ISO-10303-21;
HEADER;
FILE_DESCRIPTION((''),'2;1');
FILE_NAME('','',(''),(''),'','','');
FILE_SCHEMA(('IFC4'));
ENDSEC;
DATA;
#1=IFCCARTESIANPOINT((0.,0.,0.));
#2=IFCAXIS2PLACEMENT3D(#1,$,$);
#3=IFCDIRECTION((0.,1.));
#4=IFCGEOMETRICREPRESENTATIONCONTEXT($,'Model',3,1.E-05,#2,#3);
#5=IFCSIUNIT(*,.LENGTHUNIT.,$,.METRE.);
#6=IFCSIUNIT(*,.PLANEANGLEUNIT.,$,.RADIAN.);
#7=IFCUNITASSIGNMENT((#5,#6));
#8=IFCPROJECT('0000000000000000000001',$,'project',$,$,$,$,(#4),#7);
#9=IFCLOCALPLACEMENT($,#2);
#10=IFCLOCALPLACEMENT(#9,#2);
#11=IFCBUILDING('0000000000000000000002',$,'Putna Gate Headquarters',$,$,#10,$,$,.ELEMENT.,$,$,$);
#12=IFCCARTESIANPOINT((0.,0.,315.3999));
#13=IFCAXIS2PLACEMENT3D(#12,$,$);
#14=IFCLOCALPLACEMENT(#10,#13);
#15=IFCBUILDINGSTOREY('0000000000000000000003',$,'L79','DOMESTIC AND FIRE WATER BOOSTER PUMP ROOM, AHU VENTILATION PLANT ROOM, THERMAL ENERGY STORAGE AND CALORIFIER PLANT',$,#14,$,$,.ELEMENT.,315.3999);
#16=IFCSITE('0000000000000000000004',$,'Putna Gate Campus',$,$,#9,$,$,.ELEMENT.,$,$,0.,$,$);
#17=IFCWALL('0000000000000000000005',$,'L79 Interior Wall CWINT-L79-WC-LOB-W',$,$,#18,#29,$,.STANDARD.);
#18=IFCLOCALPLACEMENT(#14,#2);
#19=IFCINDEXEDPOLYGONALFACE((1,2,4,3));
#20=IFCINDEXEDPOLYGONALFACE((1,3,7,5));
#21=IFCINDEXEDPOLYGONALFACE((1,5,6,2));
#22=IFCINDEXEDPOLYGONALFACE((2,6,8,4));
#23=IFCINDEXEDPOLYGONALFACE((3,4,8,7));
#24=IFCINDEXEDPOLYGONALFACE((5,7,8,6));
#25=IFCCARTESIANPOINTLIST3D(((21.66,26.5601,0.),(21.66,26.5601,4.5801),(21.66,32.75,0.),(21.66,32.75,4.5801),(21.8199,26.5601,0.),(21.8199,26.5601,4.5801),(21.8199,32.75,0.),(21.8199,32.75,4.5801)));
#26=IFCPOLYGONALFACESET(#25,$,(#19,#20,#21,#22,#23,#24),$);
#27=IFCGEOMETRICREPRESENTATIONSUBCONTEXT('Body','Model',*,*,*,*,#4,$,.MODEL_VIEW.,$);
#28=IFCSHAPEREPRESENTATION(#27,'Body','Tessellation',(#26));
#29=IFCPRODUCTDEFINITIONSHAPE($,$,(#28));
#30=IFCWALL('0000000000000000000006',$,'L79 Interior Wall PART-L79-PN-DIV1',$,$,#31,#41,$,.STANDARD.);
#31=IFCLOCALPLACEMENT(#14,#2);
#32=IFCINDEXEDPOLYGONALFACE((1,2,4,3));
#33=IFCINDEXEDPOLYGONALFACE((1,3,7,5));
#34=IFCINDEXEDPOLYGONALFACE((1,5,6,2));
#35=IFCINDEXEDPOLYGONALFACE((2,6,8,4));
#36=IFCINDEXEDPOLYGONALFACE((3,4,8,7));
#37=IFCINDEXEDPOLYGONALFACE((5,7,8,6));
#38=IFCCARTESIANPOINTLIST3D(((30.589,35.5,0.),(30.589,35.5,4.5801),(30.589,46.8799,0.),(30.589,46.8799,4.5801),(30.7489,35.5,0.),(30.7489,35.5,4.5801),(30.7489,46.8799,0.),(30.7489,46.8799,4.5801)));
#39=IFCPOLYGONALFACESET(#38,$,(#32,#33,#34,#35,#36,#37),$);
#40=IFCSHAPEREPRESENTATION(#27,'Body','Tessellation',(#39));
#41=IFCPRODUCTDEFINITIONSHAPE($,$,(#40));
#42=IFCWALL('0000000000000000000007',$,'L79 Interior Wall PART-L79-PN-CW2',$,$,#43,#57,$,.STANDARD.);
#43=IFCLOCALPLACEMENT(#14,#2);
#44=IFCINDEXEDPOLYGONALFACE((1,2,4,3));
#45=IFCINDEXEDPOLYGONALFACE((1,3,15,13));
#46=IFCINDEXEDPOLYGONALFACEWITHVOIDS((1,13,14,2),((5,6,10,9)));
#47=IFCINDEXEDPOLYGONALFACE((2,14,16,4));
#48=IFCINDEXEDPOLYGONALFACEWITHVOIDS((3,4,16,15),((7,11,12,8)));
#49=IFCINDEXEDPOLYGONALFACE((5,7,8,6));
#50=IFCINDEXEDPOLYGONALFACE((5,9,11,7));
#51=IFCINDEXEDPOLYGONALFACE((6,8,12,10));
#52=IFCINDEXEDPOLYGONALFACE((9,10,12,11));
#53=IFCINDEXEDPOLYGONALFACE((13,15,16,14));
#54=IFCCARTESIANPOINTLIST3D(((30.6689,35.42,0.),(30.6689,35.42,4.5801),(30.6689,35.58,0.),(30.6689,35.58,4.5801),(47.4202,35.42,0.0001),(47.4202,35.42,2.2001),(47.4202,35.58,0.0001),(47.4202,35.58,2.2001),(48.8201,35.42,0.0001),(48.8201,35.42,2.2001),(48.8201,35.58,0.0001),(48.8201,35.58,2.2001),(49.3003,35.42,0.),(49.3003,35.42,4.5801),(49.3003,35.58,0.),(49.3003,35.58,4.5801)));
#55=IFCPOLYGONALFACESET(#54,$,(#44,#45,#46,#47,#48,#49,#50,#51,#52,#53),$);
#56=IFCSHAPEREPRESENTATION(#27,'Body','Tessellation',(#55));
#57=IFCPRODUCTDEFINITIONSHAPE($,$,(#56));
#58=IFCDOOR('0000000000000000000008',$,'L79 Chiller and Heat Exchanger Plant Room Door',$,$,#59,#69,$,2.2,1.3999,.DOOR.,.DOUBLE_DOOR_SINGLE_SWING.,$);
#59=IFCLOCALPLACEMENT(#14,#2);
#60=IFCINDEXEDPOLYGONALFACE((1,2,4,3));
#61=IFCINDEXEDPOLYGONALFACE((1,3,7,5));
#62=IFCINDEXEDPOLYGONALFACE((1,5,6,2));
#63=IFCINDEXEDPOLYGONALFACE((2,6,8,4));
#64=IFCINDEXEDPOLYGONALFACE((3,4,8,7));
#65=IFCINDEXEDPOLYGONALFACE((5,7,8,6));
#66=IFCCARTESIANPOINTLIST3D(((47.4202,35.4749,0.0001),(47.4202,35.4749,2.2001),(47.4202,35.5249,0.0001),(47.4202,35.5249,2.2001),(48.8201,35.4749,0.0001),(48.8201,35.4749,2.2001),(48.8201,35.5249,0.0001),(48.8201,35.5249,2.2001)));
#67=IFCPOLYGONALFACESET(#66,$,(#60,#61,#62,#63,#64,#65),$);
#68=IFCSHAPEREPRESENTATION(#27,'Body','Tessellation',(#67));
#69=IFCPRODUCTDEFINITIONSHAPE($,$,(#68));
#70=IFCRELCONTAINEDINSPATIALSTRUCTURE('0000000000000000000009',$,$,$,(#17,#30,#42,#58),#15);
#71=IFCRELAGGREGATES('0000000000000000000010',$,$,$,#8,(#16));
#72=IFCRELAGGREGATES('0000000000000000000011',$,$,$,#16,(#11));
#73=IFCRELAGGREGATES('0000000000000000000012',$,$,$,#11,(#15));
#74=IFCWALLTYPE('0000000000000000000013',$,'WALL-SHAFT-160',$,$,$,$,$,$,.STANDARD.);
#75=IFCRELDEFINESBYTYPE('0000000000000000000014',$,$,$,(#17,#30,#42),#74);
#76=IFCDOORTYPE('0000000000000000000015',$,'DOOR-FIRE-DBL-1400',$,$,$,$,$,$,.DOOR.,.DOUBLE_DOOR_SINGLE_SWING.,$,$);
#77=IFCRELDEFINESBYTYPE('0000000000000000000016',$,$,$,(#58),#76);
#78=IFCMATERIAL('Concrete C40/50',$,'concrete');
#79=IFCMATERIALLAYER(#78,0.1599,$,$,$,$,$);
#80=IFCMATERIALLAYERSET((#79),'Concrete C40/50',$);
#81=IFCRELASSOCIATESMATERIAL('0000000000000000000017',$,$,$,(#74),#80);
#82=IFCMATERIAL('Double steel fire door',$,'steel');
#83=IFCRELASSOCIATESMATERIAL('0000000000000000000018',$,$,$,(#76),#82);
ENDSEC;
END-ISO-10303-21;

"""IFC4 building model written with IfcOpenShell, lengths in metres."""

from ifc_helpers import new_model, si_unit, direction, frame, frame_2d, origin, place, context, subcontext, project, spatial, rectangle, extrude, material, layer, layer_set, type_object, element, fill, save


model = new_model("IFC4")

# Units and contexts
model_context = context("Model", 3, precision=1e-05, world=origin(), true_north=direction((0.0, 1.0)))
body_context = subcontext(model_context, "Body", "Model", "MODEL_VIEW")
ifc_project = project(units=[si_unit("LENGTHUNIT", "METRE"), si_unit("PLANEANGLEUNIT", "RADIAN")], contexts=[model_context])

# Site, building, storey
site_placement = place(None, origin())
site = spatial("IfcSite", under=ifc_project, at=site_placement, Name="Putna Gate Campus", CompositionType="ELEMENT", RefElevation=0.0)
building_placement = place(site_placement, origin())
building = spatial("IfcBuilding", under=site, at=building_placement, Name="Putna Gate Headquarters", CompositionType="ELEMENT")
storey_placement = place(building_placement, frame((0.0, 0.0, 315.3999)))
storey = spatial("IfcBuildingStorey", under=building, at=storey_placement, Name="L79", Description="DOMESTIC AND FIRE WATER BOOSTER PUMP ROOM, AHU VENTILATION PLANT ROOM, THERMAL ENERGY STORAGE AND CALORIFIER PLANT", CompositionType="ELEMENT", Elevation=315.3999)

# Walls
ifc_material_1 = material(Name="Concrete C40/50", Category="concrete")
ifc_layer_1 = layer(ifc_material_1, 0.1599)
ifc_layer_set_1 = layer_set([ifc_layer_1], Name="Concrete C40/50")
wall_type_1 = type_object("IfcWallType", Name="WALL-SHAFT-160", PredefinedType="STANDARD", material=ifc_layer_set_1)
wall_1_placement = place(storey_placement, frame((21.74, 26.5601, 0.0), z_axis=(0.0, 0.0, 1.0), x_axis=(0.0, 1.0, 0.0)))
element("IfcWall", 1, at=wall_1_placement, inside=storey, type_object=wall_type_1, Name="L79 Interior Wall CWINT-L79-WC-LOB-W", PredefinedType="STANDARD", context=body_context, shape_type="SweptSolid", body=[
    extrude(rectangle(XDim=6.1899, YDim=0.1599, at=frame_2d((3.095, 0.0))), origin(), (0.0, 0.0, 1.0), 4.5801),
])
wall_2_placement = place(storey_placement, frame((30.6689, 35.5, 0.0), z_axis=(0.0, 0.0, 1.0), x_axis=(0.0, 1.0, 0.0)))
element("IfcWall", 2, at=wall_2_placement, inside=storey, type_object=wall_type_1, Name="L79 Interior Wall PART-L79-PN-DIV1", PredefinedType="STANDARD", context=body_context, shape_type="SweptSolid", body=[
    extrude(rectangle(XDim=11.3799, YDim=0.1599, at=frame_2d((5.6899, 0.0))), origin(), (0.0, 0.0, 1.0), 4.5801),
])

# Wall, opening, door
wall_3_placement = place(storey_placement, frame((30.6689, 35.5, 0.0), z_axis=(0.0, 0.0, 1.0), x_axis=(1.0, 0.0, 0.0)))
wall_3 = element("IfcWall", 3, at=wall_3_placement, inside=storey, type_object=wall_type_1, Name="L79 Interior Wall PART-L79-PN-CW2", PredefinedType="STANDARD", context=body_context, shape_type="SweptSolid", body=[
    extrude(rectangle(XDim=18.6313, YDim=0.1599, at=frame_2d((9.3157, 0.0))), origin(), (0.0, 0.0, 1.0), 4.5801),
])
opening_placement = place(wall_3_placement, frame((16.7512, 0.0, 0.0)))
opening = element("IfcOpeningElement", 4, at=opening_placement, cuts=wall_3, PredefinedType="OPENING", context=body_context, shape_type="SweptSolid", body=[
    extrude(rectangle(XDim=1.3999, YDim=2.2, at=frame_2d((0.7, 1.1001))), frame((0.0, 0.0898, 0.0), z_axis=(0.0, -1.0, 0.0), x_axis=(1.0, 0.0, 0.0)), (0.0, 0.0, 1.0), 0.1799),
])
ifc_material_2 = material(Name="Double steel fire door", Category="steel")
door_type = type_object("IfcDoorType", Name="DOOR-FIRE-DBL-1400", OperationType="DOUBLE_DOOR_SINGLE_SWING", PredefinedType="DOOR", material=ifc_material_2)
door_placement = place(opening_placement, origin())
door = element("IfcDoor", 5, at=door_placement, inside=storey, type_object=door_type, Name="L79 Chiller and Heat Exchanger Plant Room Door", OperationType="DOUBLE_DOOR_SINGLE_SWING", OverallHeight=2.2, OverallWidth=1.3999, PredefinedType="DOOR", context=body_context, shape_type="SweptSolid", body=[
    extrude(rectangle(XDim=1.3999, YDim=2.2, at=frame_2d((0.7, 1.1001))), frame((0.0, 0.0249, 0.0), z_axis=(0.0, -1.0, 0.0), x_axis=(1.0, 0.0, 0.0)), (0.0, 0.0, 1.0), 0.05),
])
fill(opening, door)

save(model, "model.ifc")
